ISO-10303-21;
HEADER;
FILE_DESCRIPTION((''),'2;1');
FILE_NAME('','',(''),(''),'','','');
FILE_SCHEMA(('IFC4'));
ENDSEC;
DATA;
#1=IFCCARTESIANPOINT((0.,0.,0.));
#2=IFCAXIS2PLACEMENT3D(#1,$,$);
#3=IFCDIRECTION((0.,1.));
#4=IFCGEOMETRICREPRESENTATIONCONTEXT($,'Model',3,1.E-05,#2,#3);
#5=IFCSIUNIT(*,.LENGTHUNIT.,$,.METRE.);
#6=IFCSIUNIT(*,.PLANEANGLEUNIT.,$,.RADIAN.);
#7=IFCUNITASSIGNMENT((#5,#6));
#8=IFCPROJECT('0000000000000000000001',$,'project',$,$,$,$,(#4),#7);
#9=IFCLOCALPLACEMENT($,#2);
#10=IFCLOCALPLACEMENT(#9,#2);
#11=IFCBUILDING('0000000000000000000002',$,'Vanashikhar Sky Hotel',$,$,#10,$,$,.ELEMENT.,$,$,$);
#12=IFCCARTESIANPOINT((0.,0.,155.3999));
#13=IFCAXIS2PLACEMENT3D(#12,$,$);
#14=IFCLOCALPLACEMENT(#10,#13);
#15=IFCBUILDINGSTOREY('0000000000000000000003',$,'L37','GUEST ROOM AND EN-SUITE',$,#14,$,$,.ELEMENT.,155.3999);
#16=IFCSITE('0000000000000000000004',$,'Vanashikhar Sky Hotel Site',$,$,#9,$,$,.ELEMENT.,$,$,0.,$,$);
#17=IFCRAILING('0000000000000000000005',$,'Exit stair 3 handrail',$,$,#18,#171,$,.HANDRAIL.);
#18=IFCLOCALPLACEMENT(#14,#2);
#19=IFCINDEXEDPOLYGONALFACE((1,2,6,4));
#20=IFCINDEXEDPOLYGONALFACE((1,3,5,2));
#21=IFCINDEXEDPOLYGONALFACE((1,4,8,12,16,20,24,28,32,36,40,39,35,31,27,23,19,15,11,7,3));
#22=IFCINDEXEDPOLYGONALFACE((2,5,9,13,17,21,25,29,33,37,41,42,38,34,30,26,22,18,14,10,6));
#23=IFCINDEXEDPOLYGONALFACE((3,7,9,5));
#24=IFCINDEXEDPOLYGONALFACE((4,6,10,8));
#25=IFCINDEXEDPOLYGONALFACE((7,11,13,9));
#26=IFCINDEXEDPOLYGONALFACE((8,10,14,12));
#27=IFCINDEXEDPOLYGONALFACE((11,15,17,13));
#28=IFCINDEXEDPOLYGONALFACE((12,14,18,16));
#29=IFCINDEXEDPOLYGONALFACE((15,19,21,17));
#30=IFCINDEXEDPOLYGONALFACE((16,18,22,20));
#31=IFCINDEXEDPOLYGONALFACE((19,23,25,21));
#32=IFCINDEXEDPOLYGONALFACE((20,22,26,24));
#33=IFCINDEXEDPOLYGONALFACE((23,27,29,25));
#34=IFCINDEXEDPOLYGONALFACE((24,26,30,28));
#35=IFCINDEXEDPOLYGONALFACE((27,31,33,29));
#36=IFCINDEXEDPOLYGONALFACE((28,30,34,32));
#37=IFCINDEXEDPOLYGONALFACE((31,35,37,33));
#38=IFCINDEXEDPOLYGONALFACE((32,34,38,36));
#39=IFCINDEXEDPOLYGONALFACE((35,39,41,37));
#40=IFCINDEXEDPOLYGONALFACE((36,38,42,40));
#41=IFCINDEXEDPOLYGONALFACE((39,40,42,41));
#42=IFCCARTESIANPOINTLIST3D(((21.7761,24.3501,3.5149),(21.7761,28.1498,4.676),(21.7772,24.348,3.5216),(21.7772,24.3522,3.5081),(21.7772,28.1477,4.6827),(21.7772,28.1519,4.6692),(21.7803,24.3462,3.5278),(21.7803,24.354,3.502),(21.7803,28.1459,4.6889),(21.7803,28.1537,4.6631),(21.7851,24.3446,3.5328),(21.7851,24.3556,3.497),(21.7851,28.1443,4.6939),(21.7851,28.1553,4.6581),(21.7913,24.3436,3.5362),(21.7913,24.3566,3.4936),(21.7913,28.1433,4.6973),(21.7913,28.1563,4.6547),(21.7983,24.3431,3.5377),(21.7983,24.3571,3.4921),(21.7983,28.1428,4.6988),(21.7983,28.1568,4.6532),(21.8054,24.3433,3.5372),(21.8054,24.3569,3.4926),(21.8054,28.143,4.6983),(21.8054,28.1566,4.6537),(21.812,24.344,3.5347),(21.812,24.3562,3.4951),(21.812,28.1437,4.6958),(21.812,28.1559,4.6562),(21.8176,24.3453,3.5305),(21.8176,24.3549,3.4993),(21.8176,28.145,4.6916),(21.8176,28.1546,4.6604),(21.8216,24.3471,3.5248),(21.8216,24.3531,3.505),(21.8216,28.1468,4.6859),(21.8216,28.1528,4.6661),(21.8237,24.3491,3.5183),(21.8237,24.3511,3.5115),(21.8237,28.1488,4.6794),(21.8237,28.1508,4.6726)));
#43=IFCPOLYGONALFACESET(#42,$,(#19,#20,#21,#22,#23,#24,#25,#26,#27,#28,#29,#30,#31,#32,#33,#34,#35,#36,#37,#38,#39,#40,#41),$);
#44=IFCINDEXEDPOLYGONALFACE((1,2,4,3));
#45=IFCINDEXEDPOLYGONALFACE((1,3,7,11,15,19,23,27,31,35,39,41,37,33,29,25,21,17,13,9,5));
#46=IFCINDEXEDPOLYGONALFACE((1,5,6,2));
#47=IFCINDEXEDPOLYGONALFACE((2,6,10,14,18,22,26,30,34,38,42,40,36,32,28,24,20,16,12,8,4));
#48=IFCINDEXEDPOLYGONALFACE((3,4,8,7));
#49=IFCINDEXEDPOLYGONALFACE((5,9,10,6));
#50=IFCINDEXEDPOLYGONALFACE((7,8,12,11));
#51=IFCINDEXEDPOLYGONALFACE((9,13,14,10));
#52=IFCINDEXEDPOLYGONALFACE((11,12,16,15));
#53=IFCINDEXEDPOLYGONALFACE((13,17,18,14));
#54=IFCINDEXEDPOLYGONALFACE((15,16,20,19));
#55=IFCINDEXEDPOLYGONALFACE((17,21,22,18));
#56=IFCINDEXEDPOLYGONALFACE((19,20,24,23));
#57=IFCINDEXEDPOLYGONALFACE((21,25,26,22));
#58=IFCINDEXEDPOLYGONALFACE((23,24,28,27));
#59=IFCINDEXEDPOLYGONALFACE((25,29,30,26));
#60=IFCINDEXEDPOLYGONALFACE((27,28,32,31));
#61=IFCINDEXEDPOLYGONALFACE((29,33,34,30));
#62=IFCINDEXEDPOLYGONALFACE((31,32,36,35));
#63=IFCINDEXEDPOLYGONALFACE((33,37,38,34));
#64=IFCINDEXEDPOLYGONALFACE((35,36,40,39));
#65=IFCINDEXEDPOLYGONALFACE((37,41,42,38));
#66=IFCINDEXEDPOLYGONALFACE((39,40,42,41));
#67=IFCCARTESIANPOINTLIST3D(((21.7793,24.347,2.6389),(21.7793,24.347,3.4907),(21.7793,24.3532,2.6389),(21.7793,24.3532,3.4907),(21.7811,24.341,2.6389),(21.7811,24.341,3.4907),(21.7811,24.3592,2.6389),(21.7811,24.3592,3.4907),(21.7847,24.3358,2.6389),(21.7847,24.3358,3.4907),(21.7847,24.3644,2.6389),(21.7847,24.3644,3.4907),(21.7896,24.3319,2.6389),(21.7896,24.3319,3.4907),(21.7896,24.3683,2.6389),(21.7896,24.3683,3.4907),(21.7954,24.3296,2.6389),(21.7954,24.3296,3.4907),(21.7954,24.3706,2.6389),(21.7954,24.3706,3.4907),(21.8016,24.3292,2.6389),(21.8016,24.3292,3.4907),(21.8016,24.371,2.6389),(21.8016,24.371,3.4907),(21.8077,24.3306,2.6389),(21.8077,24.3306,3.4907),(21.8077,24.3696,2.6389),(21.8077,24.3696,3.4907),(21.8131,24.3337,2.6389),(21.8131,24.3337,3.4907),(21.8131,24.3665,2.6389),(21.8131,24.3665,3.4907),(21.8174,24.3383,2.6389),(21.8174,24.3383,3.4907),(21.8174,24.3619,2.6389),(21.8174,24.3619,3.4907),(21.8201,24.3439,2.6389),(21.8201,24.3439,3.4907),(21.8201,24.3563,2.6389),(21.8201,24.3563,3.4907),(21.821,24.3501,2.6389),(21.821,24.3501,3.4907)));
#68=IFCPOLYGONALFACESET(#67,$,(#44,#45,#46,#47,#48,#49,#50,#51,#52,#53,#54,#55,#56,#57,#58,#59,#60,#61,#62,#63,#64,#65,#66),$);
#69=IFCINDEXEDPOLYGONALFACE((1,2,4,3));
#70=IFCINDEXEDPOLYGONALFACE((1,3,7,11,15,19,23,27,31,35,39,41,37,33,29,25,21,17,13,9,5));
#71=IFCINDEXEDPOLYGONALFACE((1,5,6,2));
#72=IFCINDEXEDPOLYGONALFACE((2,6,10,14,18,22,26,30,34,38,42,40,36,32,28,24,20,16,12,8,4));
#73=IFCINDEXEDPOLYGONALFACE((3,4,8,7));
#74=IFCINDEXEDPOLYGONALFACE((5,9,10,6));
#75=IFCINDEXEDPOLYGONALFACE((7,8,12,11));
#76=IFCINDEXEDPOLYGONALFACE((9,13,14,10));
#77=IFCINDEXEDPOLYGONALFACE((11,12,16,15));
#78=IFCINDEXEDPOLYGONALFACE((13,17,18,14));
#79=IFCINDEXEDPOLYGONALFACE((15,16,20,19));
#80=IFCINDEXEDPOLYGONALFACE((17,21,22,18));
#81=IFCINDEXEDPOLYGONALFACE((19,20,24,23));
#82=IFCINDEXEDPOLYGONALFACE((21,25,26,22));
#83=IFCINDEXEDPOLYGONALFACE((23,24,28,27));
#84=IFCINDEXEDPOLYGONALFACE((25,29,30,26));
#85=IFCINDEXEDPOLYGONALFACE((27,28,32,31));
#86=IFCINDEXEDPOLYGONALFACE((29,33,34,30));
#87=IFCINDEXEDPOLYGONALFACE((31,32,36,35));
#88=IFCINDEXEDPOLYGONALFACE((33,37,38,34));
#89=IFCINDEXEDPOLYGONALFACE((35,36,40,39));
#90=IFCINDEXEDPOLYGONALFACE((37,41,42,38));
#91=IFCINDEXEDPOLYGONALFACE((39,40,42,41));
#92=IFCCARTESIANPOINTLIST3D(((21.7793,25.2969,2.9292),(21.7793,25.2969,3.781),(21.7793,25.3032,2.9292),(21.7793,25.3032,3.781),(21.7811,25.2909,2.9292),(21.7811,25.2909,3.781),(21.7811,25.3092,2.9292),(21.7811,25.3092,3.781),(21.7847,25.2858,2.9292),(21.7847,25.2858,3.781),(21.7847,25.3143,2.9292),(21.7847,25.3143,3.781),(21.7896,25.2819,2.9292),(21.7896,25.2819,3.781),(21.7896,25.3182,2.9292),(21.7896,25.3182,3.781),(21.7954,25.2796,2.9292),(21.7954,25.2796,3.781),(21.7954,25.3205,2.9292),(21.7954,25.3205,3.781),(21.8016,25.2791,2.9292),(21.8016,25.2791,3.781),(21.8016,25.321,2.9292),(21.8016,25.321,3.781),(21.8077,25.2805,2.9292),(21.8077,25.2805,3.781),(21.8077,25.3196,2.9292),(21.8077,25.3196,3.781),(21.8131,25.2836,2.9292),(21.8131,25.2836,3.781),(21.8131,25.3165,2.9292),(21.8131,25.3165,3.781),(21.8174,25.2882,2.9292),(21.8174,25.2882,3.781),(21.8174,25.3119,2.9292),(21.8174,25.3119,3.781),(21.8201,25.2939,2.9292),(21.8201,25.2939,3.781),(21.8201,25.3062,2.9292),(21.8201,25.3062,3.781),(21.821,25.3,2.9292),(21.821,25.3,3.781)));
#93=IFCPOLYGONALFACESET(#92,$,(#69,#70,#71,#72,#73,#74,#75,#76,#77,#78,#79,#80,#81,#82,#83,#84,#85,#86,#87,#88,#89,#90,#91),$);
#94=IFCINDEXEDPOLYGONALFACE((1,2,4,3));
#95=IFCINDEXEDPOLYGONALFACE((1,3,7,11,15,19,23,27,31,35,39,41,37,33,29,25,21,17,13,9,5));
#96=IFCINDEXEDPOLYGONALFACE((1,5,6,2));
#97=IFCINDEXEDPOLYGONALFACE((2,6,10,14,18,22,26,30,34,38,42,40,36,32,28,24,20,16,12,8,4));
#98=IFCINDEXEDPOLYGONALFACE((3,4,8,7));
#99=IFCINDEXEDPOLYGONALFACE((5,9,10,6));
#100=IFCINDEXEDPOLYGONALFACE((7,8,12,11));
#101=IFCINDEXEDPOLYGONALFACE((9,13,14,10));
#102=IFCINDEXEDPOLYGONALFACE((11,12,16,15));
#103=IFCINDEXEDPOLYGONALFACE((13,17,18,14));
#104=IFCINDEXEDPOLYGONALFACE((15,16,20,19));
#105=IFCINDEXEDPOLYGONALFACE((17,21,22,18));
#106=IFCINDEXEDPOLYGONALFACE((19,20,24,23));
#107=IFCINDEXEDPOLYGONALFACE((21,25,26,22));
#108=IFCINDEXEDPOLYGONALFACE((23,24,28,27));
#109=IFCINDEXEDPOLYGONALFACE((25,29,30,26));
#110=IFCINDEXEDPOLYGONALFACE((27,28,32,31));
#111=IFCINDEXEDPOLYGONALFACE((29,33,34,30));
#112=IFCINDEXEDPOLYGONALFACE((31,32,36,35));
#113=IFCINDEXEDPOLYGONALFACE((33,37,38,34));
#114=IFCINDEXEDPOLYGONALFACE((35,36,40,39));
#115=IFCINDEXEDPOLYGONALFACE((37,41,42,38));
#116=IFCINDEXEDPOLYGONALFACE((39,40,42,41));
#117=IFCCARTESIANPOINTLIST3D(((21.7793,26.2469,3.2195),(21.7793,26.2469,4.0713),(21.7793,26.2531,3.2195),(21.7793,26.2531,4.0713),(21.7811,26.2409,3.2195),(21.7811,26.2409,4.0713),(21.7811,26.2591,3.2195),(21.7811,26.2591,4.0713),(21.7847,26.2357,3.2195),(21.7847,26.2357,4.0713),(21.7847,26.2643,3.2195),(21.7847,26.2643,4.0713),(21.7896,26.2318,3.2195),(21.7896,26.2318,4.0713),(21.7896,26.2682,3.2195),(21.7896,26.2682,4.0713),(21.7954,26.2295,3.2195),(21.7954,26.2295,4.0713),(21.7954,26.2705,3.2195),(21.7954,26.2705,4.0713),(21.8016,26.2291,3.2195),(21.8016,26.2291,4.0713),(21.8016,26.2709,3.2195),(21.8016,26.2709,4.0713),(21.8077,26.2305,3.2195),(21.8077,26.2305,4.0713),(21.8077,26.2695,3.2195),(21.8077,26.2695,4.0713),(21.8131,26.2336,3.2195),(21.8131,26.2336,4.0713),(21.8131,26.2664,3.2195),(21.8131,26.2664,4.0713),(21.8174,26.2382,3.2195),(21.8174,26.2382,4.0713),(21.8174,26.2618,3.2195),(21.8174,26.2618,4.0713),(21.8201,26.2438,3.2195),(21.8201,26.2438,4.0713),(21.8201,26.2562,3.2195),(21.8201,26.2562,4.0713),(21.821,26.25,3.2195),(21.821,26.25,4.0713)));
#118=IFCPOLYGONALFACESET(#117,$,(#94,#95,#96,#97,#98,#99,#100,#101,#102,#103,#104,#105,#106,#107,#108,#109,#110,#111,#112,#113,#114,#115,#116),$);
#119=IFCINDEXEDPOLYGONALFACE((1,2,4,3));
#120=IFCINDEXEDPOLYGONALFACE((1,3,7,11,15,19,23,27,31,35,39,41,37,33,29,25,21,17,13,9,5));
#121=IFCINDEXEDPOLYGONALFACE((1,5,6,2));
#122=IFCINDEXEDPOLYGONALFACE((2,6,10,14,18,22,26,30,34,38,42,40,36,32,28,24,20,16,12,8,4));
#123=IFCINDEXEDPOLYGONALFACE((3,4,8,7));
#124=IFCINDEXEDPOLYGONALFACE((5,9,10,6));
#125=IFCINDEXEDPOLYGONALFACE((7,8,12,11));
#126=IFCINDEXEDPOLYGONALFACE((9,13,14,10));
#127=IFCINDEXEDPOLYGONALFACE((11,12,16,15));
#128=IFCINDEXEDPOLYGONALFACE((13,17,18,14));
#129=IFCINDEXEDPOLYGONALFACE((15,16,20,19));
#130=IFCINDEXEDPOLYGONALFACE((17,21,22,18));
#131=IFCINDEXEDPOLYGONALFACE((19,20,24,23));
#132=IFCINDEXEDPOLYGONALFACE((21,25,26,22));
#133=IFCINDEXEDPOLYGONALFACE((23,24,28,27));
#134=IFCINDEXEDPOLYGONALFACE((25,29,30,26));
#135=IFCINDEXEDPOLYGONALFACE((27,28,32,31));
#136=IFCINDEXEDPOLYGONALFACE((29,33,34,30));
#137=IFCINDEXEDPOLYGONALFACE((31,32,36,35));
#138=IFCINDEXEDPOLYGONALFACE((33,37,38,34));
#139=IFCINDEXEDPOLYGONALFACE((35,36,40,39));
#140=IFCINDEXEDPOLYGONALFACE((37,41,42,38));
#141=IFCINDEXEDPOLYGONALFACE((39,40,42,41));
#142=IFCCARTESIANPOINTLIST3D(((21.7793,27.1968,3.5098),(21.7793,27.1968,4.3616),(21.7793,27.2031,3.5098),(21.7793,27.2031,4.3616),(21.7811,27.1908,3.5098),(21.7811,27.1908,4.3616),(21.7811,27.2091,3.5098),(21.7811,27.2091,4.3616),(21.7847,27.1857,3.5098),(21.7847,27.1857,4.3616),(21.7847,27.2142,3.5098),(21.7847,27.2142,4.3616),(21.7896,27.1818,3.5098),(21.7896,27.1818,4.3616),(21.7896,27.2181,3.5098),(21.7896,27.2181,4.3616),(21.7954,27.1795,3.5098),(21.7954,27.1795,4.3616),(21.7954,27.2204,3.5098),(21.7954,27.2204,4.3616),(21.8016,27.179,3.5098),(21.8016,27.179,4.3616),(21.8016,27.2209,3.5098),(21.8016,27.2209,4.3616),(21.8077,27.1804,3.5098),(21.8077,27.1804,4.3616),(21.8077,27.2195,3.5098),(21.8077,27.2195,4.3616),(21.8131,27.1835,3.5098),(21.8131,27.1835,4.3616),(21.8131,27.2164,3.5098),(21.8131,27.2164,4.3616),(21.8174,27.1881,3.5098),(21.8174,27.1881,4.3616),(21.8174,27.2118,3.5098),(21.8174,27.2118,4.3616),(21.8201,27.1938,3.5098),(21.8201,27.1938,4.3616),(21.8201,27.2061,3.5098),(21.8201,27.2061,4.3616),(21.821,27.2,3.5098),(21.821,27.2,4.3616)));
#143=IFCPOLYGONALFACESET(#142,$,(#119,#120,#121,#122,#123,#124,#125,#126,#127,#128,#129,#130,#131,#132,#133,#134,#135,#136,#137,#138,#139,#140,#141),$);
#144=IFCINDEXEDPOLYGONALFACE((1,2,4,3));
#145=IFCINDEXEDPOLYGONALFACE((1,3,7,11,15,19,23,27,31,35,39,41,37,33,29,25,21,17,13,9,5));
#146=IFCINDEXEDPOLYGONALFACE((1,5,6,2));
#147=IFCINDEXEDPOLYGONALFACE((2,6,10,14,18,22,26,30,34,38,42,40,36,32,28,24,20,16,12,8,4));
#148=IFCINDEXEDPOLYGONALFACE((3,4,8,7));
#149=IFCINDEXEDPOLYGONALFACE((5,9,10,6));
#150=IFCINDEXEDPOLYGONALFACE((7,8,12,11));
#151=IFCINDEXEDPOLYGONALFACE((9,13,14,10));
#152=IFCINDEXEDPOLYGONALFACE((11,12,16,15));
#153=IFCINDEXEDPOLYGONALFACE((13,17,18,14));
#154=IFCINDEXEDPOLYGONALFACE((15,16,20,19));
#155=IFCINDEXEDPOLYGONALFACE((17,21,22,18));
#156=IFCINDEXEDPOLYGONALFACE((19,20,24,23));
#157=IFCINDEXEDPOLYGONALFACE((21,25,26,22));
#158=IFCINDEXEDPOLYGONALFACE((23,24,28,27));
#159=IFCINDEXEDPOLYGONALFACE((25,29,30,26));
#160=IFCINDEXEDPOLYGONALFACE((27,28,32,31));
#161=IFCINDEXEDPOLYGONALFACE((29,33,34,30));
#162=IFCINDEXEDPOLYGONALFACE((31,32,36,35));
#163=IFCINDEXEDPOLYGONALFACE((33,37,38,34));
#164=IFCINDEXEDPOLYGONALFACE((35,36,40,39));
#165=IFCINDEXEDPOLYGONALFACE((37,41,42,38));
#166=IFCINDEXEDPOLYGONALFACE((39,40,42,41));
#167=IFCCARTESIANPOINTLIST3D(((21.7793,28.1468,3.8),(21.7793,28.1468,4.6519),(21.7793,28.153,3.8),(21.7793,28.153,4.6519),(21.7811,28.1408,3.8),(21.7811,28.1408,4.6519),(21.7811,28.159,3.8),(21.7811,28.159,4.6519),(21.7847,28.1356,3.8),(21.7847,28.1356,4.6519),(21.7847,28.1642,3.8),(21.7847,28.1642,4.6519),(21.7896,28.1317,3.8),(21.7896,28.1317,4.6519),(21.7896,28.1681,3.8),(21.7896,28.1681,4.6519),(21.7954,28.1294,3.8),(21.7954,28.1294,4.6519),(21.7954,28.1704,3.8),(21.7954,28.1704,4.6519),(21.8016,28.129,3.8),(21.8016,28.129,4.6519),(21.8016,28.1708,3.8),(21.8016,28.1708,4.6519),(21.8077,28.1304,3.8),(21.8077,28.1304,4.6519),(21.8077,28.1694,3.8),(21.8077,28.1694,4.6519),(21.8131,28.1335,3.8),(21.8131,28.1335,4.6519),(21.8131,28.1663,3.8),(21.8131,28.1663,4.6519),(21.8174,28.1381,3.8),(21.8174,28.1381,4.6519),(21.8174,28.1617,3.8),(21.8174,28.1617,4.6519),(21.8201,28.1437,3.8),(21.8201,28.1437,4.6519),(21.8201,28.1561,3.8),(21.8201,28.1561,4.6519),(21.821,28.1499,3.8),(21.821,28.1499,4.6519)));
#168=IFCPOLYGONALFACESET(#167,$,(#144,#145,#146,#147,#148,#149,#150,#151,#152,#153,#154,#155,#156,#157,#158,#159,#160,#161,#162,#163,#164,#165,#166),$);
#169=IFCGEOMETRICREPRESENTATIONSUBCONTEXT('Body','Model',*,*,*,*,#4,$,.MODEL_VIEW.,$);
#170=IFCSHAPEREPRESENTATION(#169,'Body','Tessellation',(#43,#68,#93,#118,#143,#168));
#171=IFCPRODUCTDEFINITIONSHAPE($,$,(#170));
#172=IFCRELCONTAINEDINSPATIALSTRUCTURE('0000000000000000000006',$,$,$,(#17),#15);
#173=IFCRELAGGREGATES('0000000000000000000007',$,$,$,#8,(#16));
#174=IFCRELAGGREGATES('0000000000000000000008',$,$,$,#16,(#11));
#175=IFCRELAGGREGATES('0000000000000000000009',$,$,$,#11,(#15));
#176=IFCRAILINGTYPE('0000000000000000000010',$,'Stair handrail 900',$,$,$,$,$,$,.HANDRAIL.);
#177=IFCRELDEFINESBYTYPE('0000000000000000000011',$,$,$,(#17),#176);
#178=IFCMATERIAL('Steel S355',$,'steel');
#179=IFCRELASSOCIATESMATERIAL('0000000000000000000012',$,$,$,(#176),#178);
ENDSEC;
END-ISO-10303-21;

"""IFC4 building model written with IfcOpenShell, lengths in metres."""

from ifc_helpers import new_model, si_unit, direction, frame, origin, origin_2d, place, context, subcontext, project, spatial, circle, extrude, source, transform, mapped, material, type_object, element, save


model = new_model("IFC4")

# Units and contexts
model_context = context("Model", 3, precision=1e-05, world=origin(), true_north=direction((0.0, 1.0)))
body_context = subcontext(model_context, "Body", "Model", "MODEL_VIEW")
ifc_project = project(units=[si_unit("LENGTHUNIT", "METRE"), si_unit("PLANEANGLEUNIT", "RADIAN")], contexts=[model_context])

# Site, building, storey
site_placement = place(None, origin())
site = spatial("IfcSite", under=ifc_project, at=site_placement, Name="Vanashikhar Sky Hotel Site", CompositionType="ELEMENT", RefElevation=0.0)
building_placement = place(site_placement, origin())
building = spatial("IfcBuilding", under=site, at=building_placement, Name="Vanashikhar Sky Hotel", CompositionType="ELEMENT")
storey_placement = place(building_placement, frame((0.0, 0.0, 155.3999)))
storey = spatial("IfcBuildingStorey", under=building, at=storey_placement, Name="L37", Description="GUEST ROOM AND EN-SUITE", CompositionType="ELEMENT", Elevation=155.3999)

# Railing
ifc_material_1 = material(Name="Steel S355", Category="steel")
railing_type_1 = type_object("IfcRailingType", Name="Stair handrail 900", PredefinedType="HANDRAIL", material=ifc_material_1)
shared_shape_1 = source(origin(), body_context, "Body", "SweptSolid", [
    extrude(circle(Radius=0.0239, at=origin_2d()), frame((0.0, 0.0, 0.876), z_axis=(0.0, 0.956346, 0.292237), x_axis=(-1.0, 0.0, 0.0)), (0.0, 0.0, 1.0), 3.9731),
    extrude(circle(Radius=0.021, at=origin_2d()), origin(), (0.0, 0.0, 1.0), 0.8518),
    extrude(circle(Radius=0.021, at=origin_2d()), frame((0.0, 0.95, 0.2903)), (0.0, 0.0, 1.0), 0.8518),
    extrude(circle(Radius=0.021, at=origin_2d()), frame((0.0, 1.8999, 0.5806)), (0.0, 0.0, 1.0), 0.8518),
    extrude(circle(Radius=0.021, at=origin_2d()), frame((0.0, 2.8499, 0.8708)), (0.0, 0.0, 1.0), 0.8518),
    extrude(circle(Radius=0.021, at=origin_2d()), frame((0.0, 3.7998, 1.1611)), (0.0, 0.0, 1.0), 0.8518),
])
for number, where, name in (
    (1, (21.8, 24.3501, 2.6389), "Exit stair 3 handrail"),
):
    element("IfcRailing", number, at=place(storey_placement, frame(where)), inside=storey, type_object=railing_type_1, Name=name, PredefinedType="HANDRAIL", context=body_context, shape_type="MappedRepresentation", body=[
        mapped(shared_shape_1, transform((0.0, 0.0, 0.0), scale=1.0)),
    ])

save(model, "model.ifc")
